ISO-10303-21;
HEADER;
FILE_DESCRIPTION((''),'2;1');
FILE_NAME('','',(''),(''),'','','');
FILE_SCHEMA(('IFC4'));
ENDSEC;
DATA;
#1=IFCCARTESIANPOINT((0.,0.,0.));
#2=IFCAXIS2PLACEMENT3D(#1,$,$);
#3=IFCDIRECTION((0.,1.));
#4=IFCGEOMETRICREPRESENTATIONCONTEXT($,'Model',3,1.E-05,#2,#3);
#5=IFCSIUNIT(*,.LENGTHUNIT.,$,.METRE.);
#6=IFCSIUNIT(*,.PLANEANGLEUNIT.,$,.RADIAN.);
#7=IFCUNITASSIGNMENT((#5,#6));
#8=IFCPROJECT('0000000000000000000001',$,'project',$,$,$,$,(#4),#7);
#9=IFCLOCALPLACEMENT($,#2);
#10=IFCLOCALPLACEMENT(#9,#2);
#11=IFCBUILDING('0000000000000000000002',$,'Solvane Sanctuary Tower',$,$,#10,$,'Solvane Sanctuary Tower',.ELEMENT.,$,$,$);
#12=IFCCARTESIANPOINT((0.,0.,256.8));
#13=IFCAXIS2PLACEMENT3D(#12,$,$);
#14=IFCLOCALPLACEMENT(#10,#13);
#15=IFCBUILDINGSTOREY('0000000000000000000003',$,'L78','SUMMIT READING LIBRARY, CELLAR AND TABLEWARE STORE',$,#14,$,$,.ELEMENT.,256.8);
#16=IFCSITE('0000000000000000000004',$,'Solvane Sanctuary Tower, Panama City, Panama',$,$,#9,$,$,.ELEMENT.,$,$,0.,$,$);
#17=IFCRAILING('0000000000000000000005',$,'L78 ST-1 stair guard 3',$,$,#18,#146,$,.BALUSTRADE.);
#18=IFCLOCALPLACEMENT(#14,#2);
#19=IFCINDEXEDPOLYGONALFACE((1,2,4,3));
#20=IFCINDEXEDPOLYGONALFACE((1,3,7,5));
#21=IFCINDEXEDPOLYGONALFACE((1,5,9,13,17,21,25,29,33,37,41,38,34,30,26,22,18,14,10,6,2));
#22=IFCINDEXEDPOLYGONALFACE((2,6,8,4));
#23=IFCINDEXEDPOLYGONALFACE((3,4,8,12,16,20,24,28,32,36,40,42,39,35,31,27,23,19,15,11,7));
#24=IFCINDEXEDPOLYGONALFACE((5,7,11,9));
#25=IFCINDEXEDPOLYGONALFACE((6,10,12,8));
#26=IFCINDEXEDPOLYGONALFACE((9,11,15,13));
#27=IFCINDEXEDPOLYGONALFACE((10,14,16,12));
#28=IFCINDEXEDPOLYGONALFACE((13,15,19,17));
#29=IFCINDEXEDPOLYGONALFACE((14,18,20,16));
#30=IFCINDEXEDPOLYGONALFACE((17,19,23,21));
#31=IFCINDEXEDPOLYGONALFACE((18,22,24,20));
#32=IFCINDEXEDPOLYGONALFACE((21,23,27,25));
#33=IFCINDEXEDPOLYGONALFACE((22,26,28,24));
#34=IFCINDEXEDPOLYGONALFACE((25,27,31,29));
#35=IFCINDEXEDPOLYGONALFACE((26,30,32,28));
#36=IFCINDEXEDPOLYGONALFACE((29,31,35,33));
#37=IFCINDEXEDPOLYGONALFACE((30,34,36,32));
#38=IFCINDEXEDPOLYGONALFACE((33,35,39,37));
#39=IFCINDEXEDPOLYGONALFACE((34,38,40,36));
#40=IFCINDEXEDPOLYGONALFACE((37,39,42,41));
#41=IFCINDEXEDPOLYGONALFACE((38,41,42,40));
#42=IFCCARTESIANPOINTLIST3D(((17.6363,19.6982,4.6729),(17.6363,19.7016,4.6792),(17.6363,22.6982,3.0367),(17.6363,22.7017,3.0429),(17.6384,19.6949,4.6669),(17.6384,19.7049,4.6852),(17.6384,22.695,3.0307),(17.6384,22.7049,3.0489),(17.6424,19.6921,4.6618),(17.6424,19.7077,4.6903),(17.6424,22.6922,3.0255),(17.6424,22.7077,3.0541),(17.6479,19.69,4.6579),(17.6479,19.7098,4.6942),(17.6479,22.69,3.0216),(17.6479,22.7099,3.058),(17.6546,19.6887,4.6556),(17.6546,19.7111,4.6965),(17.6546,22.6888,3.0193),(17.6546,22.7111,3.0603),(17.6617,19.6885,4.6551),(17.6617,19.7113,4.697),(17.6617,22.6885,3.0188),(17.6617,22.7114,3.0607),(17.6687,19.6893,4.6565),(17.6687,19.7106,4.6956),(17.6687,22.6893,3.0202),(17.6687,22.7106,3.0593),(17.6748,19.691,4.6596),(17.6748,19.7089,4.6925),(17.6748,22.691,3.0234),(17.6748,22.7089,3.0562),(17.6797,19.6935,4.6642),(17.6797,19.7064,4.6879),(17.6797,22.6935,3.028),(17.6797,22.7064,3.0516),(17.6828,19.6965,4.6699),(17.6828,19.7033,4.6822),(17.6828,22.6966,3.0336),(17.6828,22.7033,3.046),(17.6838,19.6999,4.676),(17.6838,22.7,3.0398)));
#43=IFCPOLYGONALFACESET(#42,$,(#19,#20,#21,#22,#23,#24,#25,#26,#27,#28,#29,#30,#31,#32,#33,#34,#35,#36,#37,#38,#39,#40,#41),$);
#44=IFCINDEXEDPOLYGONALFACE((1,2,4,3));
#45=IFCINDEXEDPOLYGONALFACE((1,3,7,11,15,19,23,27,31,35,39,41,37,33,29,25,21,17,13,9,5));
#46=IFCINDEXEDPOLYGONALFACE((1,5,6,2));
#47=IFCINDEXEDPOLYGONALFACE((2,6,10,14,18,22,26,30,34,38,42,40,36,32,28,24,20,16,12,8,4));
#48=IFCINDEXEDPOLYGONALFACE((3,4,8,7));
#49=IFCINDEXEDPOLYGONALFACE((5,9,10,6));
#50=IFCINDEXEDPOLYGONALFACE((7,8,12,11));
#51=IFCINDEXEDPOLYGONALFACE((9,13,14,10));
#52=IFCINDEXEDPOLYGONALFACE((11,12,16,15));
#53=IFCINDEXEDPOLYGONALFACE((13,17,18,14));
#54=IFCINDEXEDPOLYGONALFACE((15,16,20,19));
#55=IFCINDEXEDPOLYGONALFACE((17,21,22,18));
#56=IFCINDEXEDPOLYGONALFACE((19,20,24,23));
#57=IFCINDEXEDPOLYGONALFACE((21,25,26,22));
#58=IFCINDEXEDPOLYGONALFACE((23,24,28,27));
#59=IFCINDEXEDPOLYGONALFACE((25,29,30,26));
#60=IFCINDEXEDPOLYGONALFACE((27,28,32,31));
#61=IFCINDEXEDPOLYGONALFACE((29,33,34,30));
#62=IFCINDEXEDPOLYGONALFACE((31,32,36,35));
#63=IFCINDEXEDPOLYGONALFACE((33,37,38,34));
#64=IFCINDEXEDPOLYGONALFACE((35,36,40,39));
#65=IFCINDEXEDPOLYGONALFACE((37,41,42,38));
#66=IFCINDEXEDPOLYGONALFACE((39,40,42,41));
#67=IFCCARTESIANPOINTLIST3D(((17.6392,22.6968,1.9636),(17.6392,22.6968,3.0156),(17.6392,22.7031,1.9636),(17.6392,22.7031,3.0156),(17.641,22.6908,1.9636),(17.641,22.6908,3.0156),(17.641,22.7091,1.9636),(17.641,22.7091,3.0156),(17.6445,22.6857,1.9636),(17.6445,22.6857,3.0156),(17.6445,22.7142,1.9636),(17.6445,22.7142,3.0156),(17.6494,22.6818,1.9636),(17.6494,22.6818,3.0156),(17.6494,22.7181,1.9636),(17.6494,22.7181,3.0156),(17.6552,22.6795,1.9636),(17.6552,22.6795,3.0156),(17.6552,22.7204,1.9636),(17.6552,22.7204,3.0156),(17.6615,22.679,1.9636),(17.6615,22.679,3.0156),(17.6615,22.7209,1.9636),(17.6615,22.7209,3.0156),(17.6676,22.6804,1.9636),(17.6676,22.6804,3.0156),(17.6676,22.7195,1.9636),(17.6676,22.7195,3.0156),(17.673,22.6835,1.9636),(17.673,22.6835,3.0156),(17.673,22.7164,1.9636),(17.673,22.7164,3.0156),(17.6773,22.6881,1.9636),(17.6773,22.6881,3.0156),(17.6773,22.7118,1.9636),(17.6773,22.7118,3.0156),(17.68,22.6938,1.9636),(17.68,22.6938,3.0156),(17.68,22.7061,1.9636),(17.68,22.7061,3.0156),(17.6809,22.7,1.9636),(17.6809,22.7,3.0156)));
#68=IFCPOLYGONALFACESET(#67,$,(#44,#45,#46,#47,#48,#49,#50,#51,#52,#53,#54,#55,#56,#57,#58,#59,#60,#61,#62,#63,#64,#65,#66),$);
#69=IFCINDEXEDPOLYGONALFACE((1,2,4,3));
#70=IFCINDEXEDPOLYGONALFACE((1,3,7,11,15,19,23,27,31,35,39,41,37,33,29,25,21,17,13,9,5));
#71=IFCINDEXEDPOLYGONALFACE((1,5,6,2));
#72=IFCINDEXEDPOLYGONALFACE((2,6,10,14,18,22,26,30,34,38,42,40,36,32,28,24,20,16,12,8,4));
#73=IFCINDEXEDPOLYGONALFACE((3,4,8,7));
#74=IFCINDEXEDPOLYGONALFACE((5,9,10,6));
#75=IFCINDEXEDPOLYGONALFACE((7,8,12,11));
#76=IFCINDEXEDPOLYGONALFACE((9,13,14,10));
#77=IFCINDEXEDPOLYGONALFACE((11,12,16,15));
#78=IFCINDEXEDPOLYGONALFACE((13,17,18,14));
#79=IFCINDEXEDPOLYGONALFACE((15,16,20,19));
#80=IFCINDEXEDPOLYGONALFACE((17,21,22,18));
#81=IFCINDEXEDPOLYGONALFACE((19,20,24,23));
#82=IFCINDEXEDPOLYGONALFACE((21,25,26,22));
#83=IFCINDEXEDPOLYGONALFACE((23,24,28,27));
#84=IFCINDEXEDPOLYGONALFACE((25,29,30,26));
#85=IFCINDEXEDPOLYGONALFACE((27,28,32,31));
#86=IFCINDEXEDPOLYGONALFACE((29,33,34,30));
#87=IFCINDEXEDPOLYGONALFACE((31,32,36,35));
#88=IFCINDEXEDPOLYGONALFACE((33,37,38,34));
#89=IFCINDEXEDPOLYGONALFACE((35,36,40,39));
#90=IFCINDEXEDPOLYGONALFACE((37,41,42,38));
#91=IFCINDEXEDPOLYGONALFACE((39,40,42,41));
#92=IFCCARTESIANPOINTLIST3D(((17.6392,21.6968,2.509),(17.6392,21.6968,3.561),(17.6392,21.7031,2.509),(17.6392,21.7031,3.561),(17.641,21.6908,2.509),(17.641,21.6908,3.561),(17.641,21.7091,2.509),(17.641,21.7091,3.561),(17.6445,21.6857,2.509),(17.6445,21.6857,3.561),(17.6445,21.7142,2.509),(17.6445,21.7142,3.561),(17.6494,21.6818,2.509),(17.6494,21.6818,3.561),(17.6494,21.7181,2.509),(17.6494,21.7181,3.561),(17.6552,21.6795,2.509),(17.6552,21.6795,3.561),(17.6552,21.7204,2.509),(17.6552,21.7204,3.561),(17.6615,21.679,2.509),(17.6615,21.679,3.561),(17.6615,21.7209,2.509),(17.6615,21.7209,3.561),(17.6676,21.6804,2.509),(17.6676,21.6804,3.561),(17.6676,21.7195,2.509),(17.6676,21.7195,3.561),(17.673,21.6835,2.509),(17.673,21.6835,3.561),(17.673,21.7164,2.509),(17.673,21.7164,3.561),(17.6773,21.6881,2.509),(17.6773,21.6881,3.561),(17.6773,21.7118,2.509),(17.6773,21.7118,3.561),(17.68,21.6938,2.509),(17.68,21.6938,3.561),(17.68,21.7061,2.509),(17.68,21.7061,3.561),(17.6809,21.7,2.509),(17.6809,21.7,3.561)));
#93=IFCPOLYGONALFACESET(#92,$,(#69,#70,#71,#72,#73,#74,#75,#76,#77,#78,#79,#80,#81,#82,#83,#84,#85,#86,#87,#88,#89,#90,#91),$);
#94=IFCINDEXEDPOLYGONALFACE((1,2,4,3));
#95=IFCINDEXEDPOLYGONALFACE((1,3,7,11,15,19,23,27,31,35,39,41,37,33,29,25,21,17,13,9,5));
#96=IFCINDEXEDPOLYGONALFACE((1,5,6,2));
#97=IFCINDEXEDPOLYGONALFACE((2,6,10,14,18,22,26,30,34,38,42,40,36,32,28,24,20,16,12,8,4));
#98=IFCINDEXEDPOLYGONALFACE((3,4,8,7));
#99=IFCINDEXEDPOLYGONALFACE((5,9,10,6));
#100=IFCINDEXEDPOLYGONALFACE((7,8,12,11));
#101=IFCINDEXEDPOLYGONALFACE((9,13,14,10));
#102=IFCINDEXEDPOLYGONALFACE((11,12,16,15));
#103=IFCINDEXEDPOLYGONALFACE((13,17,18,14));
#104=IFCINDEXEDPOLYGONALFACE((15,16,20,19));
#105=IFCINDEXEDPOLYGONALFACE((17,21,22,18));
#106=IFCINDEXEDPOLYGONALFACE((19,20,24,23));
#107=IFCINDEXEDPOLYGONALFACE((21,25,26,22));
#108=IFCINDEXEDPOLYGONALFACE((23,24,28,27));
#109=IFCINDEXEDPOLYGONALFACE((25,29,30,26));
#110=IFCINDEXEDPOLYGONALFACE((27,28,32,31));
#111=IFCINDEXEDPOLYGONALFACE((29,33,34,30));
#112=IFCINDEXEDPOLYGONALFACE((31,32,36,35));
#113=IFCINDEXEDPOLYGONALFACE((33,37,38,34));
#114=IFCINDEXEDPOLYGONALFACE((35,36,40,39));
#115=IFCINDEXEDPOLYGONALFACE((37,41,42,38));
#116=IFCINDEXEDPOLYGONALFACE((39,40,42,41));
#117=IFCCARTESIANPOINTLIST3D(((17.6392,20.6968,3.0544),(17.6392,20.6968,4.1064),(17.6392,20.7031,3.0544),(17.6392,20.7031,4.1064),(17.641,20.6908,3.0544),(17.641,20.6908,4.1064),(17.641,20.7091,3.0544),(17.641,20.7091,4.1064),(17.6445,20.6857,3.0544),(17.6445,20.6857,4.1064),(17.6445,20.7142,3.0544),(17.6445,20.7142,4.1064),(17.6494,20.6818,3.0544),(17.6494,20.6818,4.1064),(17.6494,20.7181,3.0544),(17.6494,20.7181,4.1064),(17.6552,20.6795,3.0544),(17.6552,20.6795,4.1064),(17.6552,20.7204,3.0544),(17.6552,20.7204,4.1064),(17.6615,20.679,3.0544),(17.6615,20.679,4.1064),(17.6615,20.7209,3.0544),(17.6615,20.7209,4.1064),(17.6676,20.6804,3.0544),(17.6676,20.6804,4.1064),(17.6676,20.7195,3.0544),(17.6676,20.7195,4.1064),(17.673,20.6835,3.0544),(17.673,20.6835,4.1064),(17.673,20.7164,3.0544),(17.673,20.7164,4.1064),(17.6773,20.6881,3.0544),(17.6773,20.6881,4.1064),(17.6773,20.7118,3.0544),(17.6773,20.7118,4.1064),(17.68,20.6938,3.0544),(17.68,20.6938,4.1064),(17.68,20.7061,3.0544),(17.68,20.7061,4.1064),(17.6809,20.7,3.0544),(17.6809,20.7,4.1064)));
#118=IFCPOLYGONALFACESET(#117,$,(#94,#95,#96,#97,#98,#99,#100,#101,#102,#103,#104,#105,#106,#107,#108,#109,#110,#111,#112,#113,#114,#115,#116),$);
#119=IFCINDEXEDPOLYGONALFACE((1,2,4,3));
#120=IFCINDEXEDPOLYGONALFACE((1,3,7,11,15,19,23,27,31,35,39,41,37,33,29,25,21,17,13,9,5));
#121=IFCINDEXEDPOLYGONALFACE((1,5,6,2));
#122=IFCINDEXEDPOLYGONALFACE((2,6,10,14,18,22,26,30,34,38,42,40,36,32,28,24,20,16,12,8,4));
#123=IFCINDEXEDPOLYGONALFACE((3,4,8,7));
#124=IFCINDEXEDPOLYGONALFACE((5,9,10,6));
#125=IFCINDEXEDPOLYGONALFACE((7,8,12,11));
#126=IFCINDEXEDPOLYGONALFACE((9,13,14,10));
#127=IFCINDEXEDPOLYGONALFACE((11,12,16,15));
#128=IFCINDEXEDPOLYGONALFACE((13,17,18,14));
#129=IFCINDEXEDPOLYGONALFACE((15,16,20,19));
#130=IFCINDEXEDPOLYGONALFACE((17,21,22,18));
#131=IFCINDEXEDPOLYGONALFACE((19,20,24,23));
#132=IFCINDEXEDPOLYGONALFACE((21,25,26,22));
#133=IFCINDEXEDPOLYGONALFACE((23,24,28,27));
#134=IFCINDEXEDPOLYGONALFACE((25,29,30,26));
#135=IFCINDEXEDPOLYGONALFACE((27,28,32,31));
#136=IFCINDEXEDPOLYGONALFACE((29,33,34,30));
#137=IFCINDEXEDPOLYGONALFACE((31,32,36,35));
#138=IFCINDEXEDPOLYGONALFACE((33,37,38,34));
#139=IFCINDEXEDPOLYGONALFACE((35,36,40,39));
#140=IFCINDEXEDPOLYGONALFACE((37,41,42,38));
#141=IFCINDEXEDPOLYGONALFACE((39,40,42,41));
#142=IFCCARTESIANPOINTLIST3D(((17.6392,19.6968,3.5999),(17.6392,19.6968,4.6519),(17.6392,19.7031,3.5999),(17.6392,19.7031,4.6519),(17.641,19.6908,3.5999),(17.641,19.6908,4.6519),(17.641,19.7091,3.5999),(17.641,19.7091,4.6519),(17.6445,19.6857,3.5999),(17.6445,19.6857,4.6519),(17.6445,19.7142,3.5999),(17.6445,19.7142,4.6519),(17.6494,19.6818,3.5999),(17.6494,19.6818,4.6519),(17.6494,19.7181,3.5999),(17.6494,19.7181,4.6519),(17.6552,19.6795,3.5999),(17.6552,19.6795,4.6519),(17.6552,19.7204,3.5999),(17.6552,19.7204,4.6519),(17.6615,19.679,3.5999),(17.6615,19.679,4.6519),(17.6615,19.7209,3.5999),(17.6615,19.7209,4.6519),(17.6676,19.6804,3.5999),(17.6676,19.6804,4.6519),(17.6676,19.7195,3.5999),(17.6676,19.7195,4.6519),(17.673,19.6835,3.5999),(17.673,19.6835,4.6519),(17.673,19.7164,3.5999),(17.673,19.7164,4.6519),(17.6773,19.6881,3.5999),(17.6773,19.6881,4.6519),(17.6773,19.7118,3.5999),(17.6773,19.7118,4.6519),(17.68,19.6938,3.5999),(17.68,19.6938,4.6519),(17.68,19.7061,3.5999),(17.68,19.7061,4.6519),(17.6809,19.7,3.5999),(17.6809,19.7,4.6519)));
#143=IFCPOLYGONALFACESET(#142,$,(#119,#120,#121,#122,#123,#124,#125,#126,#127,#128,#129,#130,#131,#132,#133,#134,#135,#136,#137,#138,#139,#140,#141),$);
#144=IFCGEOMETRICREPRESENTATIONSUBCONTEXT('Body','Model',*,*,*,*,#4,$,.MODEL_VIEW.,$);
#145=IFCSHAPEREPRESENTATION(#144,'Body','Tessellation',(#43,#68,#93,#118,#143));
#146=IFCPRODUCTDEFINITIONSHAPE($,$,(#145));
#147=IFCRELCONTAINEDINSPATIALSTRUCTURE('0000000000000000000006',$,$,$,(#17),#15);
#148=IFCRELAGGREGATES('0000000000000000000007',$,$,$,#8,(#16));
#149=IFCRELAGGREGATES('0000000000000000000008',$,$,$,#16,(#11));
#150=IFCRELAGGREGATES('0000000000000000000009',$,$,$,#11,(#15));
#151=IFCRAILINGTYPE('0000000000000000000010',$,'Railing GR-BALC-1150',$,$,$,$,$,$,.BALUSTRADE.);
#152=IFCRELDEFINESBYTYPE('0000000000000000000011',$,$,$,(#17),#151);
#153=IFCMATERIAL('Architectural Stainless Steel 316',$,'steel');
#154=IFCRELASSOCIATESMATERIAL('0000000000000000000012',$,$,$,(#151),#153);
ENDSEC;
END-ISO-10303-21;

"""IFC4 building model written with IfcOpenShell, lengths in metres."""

from ifc_helpers import new_model, si_unit, direction, frame, origin, origin_2d, place, context, subcontext, project, spatial, circle, extrude, material, type_object, element, save


model = new_model("IFC4")

# Units and contexts
model_context = context("Model", 3, precision=1e-05, world=origin(), true_north=direction((0.0, 1.0)))
body_context = subcontext(model_context, "Body", "Model", "MODEL_VIEW")
ifc_project = project(units=[si_unit("LENGTHUNIT", "METRE"), si_unit("PLANEANGLEUNIT", "RADIAN")], contexts=[model_context])

# Site, building, storey
site_placement = place(None, origin())
site = spatial("IfcSite", under=ifc_project, at=site_placement, Name="Solvane Sanctuary Tower, Panama City, Panama", CompositionType="ELEMENT", RefElevation=0.0)
building_placement = place(site_placement, origin())
building = spatial("IfcBuilding", under=site, at=building_placement, Name="Solvane Sanctuary Tower", LongName="Solvane Sanctuary Tower", CompositionType="ELEMENT")
storey_placement = place(building_placement, frame((0.0, 0.0, 256.8)))
storey = spatial("IfcBuildingStorey", under=building, at=storey_placement, Name="L78", Description="SUMMIT READING LIBRARY, CELLAR AND TABLEWARE STORE", CompositionType="ELEMENT", Elevation=256.8)

# Shared definitions
ifc_material_1 = material(Name="Architectural Stainless Steel 316", Category="steel")

# Railing
railing_type_1 = type_object("IfcRailingType", Name="Railing GR-BALC-1150", PredefinedType="BALUSTRADE", material=ifc_material_1)
railing_1_placement = place(storey_placement, frame((17.6599, 22.7, 1.9636)))
element("IfcRailing", 1, at=railing_1_placement, inside=storey, type_object=railing_type_1, Name="L78 ST-1 stair guard 3", PredefinedType="BALUSTRADE", context=body_context, shape_type="SweptSolid", body=[
    extrude(circle(Radius=0.0239, at=origin_2d()), frame((0.0, 0.0, 1.0762), z_axis=(0.0, -0.877912, 0.478822), x_axis=(1.0, 0.0, 0.0)), (0.0, 0.0, 1.0), 3.4172),
    extrude(circle(Radius=0.021, at=origin_2d()), origin(), (0.0, 0.0, 1.0), 1.052),
    extrude(circle(Radius=0.021, at=origin_2d()), frame((0.0, -1.0, 0.5454)), (0.0, 0.0, 1.0), 1.052),
    extrude(circle(Radius=0.021, at=origin_2d()), frame((0.0, -2.0, 1.0908)), (0.0, 0.0, 1.0), 1.052),
    extrude(circle(Radius=0.021, at=origin_2d()), frame((0.0, -3.0, 1.6362)), (0.0, 0.0, 1.0), 1.052),
])

save(model, "model.ifc")
